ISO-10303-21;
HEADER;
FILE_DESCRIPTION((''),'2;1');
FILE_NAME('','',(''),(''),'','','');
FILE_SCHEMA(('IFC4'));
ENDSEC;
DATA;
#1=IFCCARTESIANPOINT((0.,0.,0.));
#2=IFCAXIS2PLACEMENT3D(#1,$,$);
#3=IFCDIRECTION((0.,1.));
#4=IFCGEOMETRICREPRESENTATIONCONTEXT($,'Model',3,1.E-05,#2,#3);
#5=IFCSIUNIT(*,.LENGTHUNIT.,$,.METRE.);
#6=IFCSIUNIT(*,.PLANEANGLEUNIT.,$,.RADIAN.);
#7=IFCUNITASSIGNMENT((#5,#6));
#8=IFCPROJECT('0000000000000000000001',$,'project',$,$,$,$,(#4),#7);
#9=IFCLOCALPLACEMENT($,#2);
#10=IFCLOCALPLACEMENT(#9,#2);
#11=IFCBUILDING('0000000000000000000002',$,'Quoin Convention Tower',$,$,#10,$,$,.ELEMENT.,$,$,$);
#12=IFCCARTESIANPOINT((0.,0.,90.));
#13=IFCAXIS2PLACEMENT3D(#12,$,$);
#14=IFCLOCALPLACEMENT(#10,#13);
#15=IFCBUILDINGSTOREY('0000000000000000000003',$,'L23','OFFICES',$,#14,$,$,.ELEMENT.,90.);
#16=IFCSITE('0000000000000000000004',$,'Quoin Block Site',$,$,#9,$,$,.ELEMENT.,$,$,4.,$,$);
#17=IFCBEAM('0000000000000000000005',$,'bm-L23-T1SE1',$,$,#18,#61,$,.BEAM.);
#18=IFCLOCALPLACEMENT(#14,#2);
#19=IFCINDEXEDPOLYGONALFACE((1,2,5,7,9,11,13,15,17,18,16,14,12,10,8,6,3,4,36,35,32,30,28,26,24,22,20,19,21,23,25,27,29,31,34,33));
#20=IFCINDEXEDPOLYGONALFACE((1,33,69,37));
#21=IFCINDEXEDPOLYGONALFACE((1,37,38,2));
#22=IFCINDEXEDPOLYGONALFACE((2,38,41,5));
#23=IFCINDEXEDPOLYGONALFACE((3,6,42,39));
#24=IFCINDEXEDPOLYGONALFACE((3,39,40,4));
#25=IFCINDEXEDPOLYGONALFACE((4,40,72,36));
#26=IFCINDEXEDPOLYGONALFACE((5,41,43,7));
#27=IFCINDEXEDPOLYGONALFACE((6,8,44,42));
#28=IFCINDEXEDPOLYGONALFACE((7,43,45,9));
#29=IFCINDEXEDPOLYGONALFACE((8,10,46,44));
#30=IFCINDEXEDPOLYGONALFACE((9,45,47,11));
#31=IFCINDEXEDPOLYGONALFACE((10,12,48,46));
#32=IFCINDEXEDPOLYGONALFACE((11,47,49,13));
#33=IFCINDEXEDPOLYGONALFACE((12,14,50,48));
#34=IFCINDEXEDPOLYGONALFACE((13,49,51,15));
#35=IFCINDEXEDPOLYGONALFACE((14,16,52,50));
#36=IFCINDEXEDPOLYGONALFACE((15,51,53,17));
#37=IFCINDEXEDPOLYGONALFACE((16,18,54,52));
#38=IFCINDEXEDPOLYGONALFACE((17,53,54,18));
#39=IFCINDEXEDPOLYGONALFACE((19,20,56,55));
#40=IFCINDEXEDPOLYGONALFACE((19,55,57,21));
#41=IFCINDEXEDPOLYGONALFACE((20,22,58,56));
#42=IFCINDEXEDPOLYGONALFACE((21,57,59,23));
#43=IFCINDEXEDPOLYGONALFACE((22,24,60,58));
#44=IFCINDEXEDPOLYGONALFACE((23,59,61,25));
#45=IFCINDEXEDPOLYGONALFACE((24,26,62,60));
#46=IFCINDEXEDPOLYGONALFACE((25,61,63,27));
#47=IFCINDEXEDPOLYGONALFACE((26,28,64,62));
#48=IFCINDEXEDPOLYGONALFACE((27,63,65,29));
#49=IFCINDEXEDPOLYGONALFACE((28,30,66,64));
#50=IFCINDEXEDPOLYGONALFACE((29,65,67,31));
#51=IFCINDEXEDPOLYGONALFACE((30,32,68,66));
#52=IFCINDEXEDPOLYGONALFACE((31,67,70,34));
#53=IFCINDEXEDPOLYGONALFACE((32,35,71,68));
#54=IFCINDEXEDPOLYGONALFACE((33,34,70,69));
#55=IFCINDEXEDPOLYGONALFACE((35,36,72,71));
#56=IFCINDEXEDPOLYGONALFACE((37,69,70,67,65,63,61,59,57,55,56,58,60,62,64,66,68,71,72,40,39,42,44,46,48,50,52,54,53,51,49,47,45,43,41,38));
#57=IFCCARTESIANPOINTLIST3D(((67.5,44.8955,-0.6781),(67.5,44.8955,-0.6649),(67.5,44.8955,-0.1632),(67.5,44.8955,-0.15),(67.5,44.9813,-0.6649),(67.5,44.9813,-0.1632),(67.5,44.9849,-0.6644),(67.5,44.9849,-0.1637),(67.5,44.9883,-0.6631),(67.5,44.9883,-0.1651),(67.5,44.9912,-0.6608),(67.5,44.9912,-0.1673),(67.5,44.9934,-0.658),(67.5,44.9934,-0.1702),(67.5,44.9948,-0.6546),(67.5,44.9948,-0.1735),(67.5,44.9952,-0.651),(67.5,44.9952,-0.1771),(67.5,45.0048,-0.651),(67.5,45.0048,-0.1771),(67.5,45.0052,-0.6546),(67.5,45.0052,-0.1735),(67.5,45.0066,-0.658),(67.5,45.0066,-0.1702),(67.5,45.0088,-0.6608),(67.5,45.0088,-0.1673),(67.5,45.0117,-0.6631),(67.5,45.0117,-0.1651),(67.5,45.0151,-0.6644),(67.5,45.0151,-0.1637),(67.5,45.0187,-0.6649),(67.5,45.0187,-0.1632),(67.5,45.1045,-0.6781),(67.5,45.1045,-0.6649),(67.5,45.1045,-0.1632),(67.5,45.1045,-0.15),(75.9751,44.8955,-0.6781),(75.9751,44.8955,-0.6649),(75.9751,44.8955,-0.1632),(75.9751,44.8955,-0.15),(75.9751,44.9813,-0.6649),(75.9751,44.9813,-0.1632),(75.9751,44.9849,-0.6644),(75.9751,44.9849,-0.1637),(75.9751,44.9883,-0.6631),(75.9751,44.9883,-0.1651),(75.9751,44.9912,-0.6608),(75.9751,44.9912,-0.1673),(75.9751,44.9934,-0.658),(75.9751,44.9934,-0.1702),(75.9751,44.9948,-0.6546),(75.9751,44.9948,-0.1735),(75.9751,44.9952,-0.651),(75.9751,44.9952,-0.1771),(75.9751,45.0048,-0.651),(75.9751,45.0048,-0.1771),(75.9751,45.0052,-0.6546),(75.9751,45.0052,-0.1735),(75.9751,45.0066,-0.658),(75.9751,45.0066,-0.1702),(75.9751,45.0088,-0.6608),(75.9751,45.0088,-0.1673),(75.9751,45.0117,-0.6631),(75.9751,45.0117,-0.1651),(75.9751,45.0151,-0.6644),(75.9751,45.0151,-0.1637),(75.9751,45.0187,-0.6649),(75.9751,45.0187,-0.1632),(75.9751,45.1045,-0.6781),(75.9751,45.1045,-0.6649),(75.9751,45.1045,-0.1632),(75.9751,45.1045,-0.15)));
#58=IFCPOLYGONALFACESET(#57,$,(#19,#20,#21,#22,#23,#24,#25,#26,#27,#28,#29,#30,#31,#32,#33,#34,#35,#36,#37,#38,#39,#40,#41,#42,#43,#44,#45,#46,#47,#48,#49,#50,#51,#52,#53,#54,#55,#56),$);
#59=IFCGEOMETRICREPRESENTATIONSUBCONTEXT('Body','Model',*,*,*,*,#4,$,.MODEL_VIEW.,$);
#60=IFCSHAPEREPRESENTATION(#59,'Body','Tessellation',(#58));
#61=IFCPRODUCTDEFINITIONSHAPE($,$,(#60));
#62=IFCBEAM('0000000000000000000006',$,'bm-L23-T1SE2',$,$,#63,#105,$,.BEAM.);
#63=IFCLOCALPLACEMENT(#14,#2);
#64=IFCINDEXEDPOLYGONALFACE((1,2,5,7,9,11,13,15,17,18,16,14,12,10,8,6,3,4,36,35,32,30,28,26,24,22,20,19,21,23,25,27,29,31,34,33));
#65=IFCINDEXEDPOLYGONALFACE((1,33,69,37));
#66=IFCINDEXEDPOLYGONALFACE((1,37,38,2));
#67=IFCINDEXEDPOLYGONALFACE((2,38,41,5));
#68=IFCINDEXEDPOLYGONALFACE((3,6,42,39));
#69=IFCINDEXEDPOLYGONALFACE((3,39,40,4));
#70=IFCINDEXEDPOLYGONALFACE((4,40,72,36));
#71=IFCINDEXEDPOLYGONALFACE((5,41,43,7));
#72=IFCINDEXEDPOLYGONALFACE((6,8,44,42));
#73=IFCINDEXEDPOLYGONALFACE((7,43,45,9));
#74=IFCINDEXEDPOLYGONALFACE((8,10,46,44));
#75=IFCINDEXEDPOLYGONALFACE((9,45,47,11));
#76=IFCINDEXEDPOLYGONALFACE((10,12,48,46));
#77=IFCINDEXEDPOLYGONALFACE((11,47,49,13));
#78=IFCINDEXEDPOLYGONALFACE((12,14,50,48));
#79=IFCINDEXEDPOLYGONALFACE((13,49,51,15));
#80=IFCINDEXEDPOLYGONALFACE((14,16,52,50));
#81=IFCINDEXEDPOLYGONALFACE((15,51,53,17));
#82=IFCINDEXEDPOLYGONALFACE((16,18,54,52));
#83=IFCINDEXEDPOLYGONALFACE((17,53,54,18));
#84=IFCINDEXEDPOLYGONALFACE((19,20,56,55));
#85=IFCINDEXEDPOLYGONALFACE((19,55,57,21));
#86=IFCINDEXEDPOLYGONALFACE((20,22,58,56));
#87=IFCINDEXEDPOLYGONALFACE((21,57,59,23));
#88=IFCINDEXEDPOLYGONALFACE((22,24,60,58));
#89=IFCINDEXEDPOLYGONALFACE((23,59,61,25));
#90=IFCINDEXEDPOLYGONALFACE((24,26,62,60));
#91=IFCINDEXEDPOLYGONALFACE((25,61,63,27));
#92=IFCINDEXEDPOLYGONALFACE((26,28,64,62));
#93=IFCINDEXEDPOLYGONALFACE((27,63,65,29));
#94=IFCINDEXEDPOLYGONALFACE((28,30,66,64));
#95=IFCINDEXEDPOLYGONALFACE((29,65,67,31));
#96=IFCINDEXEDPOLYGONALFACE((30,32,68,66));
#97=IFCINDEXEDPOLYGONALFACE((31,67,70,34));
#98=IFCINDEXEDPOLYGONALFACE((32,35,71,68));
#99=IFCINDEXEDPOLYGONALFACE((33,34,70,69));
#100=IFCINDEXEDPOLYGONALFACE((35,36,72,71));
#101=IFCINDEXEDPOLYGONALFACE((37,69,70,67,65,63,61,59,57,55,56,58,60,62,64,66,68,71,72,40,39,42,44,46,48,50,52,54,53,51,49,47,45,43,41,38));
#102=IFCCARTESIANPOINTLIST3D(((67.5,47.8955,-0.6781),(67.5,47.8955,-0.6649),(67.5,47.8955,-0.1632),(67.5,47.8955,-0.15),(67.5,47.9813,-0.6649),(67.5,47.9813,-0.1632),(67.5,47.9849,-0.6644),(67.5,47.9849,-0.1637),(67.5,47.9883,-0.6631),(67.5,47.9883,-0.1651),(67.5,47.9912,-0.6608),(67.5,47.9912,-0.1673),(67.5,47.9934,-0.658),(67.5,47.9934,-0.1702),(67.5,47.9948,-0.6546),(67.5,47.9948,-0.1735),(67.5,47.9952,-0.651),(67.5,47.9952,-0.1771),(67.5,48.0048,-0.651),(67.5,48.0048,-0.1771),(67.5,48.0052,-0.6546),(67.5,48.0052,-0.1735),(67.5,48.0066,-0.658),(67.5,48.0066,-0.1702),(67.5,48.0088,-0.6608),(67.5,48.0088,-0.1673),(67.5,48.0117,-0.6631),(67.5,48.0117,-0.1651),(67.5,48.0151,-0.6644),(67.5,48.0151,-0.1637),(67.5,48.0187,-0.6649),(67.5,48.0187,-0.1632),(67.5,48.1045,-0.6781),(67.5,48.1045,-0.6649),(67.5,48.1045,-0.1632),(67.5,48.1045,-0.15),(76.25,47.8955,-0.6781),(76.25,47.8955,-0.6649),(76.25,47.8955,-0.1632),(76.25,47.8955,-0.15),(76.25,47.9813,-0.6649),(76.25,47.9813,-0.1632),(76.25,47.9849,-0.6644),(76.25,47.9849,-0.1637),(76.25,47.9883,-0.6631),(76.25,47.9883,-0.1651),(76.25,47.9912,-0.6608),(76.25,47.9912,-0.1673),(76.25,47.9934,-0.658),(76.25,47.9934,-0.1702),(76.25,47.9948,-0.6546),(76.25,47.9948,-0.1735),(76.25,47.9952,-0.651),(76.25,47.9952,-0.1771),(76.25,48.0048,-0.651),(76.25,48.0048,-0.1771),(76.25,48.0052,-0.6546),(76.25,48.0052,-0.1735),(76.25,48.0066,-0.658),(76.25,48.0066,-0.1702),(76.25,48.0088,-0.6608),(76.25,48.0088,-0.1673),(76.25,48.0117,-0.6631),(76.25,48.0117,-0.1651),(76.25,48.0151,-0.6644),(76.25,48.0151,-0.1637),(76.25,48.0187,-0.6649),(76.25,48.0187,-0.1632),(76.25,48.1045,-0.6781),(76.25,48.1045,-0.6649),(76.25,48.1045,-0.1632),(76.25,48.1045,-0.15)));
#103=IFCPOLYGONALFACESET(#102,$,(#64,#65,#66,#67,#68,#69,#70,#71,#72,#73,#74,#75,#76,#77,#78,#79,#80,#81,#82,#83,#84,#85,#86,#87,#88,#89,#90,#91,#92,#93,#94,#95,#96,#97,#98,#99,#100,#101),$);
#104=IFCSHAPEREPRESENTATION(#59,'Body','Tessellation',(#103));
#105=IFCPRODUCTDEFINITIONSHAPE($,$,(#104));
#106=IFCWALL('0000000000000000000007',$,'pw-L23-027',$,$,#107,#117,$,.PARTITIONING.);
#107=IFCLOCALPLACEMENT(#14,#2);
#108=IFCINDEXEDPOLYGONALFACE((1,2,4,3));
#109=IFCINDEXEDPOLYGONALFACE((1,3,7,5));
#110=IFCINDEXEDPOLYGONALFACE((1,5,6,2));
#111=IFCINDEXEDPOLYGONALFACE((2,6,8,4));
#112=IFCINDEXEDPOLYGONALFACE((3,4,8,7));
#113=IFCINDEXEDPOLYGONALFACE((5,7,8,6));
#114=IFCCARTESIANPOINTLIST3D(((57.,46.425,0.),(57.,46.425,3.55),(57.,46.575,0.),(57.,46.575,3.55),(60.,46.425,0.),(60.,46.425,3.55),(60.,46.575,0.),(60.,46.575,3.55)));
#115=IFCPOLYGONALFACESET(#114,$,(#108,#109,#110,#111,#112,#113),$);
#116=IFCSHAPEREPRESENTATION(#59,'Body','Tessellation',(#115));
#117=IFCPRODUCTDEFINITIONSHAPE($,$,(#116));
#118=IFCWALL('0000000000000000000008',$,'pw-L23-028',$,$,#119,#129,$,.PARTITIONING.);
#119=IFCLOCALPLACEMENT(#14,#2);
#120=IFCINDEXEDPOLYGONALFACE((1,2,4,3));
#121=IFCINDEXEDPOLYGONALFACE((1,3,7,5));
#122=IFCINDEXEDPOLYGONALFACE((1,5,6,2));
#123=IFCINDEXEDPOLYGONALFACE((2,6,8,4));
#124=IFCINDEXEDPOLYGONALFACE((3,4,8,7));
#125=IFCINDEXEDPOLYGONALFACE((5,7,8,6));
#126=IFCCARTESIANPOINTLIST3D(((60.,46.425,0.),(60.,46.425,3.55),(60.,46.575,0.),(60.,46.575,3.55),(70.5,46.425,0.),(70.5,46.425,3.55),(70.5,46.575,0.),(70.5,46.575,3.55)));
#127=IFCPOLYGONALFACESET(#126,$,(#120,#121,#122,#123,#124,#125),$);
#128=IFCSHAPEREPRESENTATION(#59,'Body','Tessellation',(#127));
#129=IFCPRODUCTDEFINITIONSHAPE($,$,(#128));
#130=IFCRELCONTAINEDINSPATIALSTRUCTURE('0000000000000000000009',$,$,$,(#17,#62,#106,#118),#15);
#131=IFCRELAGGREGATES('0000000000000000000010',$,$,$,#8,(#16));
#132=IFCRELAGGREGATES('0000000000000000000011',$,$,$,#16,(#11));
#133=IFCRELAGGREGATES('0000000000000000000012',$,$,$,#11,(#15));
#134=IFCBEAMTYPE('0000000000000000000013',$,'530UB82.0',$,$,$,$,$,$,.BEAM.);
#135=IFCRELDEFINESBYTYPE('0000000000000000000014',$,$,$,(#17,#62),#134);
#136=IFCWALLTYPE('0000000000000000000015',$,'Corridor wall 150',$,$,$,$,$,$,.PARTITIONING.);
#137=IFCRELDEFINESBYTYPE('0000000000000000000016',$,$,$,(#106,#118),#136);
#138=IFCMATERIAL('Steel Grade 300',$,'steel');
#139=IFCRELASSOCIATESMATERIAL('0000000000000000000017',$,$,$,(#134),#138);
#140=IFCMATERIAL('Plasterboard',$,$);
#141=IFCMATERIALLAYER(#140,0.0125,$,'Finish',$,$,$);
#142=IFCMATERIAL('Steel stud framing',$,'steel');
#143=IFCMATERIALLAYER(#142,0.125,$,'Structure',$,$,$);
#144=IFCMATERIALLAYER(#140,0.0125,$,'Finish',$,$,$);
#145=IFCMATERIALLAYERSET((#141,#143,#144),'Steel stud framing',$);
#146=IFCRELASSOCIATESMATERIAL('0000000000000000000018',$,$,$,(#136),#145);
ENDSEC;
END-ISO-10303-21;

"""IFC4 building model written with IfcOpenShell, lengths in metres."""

from ifc_helpers import new_model, si_unit, direction, frame, frame_2d, origin, origin_2d, place, context, subcontext, project, spatial, rectangle, i_section, extrude, material, layer, layer_set, material_profile, profile_set, type_object, element, save


model = new_model("IFC4")

# Units and contexts
model_context = context("Model", 3, precision=1e-05, world=origin(), true_north=direction((0.0, 1.0)))
body_context = subcontext(model_context, "Body", "Model", "MODEL_VIEW")
ifc_project = project(units=[si_unit("LENGTHUNIT", "METRE"), si_unit("PLANEANGLEUNIT", "RADIAN")], contexts=[model_context])

# Site, building, storey
site_placement = place(None, origin())
site = spatial("IfcSite", under=ifc_project, at=site_placement, Name="Quoin Block Site", CompositionType="ELEMENT", RefElevation=4.0)
building_placement = place(site_placement, origin())
building = spatial("IfcBuilding", under=site, at=building_placement, Name="Quoin Convention Tower", CompositionType="ELEMENT")
storey_placement = place(building_placement, frame((0.0, 0.0, 90.0)))
storey = spatial("IfcBuildingStorey", under=building, at=storey_placement, Name="L23", Description="OFFICES", CompositionType="ELEMENT", Elevation=90.0)

# Beams
ifc_material_1 = material(Name="Steel Grade 300", Category="steel")
ifc_material_profile = material_profile(ifc_material_1, i_section(OverallWidth=0.209, OverallDepth=0.5281, WebThickness=0.0095, FlangeThickness=0.0132, FilletRadius=0.0139, at=origin_2d()), Name="530UB82.0")
ifc_profile_set = profile_set([ifc_material_profile], Name="Steel Grade 300")
beam_type = type_object("IfcBeamType", Name="530UB82.0", PredefinedType="BEAM", material=ifc_profile_set)
beam_1_placement = place(storey_placement, frame((67.5, 45.0, -0.4141), z_axis=(1.0, 0.0, 0.0), x_axis=(0.0, 1.0, 0.0)))
element("IfcBeam", 1, at=beam_1_placement, inside=storey, type_object=beam_type, Name="bm-L23-T1SE1", PredefinedType="BEAM", context=body_context, shape_type="SweptSolid", body=[
    extrude(i_section(OverallWidth=0.209, OverallDepth=0.5281, WebThickness=0.0095, FlangeThickness=0.0132, FilletRadius=0.0139, at=origin_2d()), origin(), (0.0, 0.0, 1.0), 8.4751),
])
beam_2_placement = place(storey_placement, frame((67.5, 48.0, -0.4141), z_axis=(1.0, 0.0, 0.0), x_axis=(0.0, 1.0, 0.0)))
element("IfcBeam", 2, at=beam_2_placement, inside=storey, type_object=beam_type, Name="bm-L23-T1SE2", PredefinedType="BEAM", context=body_context, shape_type="SweptSolid", body=[
    extrude(i_section(OverallWidth=0.209, OverallDepth=0.5281, WebThickness=0.0095, FlangeThickness=0.0132, FilletRadius=0.0139, at=origin_2d()), origin(), (0.0, 0.0, 1.0), 8.75),
])

# Walls
ifc_material_2 = material(Name="Plasterboard")
ifc_layer_1 = layer(ifc_material_2, 0.0125, Name="Finish")
ifc_material_3 = material(Name="Steel stud framing", Category="steel")
ifc_layer_2 = layer(ifc_material_3, 0.125, Name="Structure")
ifc_layer_3 = layer(ifc_material_2, 0.0125, Name="Finish")
ifc_layer_set_1 = layer_set([ifc_layer_1, ifc_layer_2, ifc_layer_3], Name="Steel stud framing")
wall_type_1 = type_object("IfcWallType", Name="Corridor wall 150", PredefinedType="PARTITIONING", material=ifc_layer_set_1)
wall_1_placement = place(storey_placement, frame((57.0, 46.5, 0.0), z_axis=(0.0, 0.0, 1.0), x_axis=(1.0, 0.0, 0.0)))
element("IfcWall", 3, at=wall_1_placement, inside=storey, type_object=wall_type_1, Name="pw-L23-027", PredefinedType="PARTITIONING", context=body_context, shape_type="SweptSolid", body=[
    extrude(rectangle(XDim=3.0, YDim=0.1499, at=frame_2d((1.5, 0.0))), origin(), (0.0, 0.0, 1.0), 3.55),
])
wall_2_placement = place(storey_placement, frame((60.0, 46.5, 0.0), z_axis=(0.0, 0.0, 1.0), x_axis=(1.0, 0.0, 0.0)))
element("IfcWall", 4, at=wall_2_placement, inside=storey, type_object=wall_type_1, Name="pw-L23-028", PredefinedType="PARTITIONING", context=body_context, shape_type="SweptSolid", body=[
    extrude(rectangle(XDim=10.5, YDim=0.1499, at=frame_2d((5.25, 0.0))), origin(), (0.0, 0.0, 1.0), 3.55),
])

save(model, "model.ifc")
